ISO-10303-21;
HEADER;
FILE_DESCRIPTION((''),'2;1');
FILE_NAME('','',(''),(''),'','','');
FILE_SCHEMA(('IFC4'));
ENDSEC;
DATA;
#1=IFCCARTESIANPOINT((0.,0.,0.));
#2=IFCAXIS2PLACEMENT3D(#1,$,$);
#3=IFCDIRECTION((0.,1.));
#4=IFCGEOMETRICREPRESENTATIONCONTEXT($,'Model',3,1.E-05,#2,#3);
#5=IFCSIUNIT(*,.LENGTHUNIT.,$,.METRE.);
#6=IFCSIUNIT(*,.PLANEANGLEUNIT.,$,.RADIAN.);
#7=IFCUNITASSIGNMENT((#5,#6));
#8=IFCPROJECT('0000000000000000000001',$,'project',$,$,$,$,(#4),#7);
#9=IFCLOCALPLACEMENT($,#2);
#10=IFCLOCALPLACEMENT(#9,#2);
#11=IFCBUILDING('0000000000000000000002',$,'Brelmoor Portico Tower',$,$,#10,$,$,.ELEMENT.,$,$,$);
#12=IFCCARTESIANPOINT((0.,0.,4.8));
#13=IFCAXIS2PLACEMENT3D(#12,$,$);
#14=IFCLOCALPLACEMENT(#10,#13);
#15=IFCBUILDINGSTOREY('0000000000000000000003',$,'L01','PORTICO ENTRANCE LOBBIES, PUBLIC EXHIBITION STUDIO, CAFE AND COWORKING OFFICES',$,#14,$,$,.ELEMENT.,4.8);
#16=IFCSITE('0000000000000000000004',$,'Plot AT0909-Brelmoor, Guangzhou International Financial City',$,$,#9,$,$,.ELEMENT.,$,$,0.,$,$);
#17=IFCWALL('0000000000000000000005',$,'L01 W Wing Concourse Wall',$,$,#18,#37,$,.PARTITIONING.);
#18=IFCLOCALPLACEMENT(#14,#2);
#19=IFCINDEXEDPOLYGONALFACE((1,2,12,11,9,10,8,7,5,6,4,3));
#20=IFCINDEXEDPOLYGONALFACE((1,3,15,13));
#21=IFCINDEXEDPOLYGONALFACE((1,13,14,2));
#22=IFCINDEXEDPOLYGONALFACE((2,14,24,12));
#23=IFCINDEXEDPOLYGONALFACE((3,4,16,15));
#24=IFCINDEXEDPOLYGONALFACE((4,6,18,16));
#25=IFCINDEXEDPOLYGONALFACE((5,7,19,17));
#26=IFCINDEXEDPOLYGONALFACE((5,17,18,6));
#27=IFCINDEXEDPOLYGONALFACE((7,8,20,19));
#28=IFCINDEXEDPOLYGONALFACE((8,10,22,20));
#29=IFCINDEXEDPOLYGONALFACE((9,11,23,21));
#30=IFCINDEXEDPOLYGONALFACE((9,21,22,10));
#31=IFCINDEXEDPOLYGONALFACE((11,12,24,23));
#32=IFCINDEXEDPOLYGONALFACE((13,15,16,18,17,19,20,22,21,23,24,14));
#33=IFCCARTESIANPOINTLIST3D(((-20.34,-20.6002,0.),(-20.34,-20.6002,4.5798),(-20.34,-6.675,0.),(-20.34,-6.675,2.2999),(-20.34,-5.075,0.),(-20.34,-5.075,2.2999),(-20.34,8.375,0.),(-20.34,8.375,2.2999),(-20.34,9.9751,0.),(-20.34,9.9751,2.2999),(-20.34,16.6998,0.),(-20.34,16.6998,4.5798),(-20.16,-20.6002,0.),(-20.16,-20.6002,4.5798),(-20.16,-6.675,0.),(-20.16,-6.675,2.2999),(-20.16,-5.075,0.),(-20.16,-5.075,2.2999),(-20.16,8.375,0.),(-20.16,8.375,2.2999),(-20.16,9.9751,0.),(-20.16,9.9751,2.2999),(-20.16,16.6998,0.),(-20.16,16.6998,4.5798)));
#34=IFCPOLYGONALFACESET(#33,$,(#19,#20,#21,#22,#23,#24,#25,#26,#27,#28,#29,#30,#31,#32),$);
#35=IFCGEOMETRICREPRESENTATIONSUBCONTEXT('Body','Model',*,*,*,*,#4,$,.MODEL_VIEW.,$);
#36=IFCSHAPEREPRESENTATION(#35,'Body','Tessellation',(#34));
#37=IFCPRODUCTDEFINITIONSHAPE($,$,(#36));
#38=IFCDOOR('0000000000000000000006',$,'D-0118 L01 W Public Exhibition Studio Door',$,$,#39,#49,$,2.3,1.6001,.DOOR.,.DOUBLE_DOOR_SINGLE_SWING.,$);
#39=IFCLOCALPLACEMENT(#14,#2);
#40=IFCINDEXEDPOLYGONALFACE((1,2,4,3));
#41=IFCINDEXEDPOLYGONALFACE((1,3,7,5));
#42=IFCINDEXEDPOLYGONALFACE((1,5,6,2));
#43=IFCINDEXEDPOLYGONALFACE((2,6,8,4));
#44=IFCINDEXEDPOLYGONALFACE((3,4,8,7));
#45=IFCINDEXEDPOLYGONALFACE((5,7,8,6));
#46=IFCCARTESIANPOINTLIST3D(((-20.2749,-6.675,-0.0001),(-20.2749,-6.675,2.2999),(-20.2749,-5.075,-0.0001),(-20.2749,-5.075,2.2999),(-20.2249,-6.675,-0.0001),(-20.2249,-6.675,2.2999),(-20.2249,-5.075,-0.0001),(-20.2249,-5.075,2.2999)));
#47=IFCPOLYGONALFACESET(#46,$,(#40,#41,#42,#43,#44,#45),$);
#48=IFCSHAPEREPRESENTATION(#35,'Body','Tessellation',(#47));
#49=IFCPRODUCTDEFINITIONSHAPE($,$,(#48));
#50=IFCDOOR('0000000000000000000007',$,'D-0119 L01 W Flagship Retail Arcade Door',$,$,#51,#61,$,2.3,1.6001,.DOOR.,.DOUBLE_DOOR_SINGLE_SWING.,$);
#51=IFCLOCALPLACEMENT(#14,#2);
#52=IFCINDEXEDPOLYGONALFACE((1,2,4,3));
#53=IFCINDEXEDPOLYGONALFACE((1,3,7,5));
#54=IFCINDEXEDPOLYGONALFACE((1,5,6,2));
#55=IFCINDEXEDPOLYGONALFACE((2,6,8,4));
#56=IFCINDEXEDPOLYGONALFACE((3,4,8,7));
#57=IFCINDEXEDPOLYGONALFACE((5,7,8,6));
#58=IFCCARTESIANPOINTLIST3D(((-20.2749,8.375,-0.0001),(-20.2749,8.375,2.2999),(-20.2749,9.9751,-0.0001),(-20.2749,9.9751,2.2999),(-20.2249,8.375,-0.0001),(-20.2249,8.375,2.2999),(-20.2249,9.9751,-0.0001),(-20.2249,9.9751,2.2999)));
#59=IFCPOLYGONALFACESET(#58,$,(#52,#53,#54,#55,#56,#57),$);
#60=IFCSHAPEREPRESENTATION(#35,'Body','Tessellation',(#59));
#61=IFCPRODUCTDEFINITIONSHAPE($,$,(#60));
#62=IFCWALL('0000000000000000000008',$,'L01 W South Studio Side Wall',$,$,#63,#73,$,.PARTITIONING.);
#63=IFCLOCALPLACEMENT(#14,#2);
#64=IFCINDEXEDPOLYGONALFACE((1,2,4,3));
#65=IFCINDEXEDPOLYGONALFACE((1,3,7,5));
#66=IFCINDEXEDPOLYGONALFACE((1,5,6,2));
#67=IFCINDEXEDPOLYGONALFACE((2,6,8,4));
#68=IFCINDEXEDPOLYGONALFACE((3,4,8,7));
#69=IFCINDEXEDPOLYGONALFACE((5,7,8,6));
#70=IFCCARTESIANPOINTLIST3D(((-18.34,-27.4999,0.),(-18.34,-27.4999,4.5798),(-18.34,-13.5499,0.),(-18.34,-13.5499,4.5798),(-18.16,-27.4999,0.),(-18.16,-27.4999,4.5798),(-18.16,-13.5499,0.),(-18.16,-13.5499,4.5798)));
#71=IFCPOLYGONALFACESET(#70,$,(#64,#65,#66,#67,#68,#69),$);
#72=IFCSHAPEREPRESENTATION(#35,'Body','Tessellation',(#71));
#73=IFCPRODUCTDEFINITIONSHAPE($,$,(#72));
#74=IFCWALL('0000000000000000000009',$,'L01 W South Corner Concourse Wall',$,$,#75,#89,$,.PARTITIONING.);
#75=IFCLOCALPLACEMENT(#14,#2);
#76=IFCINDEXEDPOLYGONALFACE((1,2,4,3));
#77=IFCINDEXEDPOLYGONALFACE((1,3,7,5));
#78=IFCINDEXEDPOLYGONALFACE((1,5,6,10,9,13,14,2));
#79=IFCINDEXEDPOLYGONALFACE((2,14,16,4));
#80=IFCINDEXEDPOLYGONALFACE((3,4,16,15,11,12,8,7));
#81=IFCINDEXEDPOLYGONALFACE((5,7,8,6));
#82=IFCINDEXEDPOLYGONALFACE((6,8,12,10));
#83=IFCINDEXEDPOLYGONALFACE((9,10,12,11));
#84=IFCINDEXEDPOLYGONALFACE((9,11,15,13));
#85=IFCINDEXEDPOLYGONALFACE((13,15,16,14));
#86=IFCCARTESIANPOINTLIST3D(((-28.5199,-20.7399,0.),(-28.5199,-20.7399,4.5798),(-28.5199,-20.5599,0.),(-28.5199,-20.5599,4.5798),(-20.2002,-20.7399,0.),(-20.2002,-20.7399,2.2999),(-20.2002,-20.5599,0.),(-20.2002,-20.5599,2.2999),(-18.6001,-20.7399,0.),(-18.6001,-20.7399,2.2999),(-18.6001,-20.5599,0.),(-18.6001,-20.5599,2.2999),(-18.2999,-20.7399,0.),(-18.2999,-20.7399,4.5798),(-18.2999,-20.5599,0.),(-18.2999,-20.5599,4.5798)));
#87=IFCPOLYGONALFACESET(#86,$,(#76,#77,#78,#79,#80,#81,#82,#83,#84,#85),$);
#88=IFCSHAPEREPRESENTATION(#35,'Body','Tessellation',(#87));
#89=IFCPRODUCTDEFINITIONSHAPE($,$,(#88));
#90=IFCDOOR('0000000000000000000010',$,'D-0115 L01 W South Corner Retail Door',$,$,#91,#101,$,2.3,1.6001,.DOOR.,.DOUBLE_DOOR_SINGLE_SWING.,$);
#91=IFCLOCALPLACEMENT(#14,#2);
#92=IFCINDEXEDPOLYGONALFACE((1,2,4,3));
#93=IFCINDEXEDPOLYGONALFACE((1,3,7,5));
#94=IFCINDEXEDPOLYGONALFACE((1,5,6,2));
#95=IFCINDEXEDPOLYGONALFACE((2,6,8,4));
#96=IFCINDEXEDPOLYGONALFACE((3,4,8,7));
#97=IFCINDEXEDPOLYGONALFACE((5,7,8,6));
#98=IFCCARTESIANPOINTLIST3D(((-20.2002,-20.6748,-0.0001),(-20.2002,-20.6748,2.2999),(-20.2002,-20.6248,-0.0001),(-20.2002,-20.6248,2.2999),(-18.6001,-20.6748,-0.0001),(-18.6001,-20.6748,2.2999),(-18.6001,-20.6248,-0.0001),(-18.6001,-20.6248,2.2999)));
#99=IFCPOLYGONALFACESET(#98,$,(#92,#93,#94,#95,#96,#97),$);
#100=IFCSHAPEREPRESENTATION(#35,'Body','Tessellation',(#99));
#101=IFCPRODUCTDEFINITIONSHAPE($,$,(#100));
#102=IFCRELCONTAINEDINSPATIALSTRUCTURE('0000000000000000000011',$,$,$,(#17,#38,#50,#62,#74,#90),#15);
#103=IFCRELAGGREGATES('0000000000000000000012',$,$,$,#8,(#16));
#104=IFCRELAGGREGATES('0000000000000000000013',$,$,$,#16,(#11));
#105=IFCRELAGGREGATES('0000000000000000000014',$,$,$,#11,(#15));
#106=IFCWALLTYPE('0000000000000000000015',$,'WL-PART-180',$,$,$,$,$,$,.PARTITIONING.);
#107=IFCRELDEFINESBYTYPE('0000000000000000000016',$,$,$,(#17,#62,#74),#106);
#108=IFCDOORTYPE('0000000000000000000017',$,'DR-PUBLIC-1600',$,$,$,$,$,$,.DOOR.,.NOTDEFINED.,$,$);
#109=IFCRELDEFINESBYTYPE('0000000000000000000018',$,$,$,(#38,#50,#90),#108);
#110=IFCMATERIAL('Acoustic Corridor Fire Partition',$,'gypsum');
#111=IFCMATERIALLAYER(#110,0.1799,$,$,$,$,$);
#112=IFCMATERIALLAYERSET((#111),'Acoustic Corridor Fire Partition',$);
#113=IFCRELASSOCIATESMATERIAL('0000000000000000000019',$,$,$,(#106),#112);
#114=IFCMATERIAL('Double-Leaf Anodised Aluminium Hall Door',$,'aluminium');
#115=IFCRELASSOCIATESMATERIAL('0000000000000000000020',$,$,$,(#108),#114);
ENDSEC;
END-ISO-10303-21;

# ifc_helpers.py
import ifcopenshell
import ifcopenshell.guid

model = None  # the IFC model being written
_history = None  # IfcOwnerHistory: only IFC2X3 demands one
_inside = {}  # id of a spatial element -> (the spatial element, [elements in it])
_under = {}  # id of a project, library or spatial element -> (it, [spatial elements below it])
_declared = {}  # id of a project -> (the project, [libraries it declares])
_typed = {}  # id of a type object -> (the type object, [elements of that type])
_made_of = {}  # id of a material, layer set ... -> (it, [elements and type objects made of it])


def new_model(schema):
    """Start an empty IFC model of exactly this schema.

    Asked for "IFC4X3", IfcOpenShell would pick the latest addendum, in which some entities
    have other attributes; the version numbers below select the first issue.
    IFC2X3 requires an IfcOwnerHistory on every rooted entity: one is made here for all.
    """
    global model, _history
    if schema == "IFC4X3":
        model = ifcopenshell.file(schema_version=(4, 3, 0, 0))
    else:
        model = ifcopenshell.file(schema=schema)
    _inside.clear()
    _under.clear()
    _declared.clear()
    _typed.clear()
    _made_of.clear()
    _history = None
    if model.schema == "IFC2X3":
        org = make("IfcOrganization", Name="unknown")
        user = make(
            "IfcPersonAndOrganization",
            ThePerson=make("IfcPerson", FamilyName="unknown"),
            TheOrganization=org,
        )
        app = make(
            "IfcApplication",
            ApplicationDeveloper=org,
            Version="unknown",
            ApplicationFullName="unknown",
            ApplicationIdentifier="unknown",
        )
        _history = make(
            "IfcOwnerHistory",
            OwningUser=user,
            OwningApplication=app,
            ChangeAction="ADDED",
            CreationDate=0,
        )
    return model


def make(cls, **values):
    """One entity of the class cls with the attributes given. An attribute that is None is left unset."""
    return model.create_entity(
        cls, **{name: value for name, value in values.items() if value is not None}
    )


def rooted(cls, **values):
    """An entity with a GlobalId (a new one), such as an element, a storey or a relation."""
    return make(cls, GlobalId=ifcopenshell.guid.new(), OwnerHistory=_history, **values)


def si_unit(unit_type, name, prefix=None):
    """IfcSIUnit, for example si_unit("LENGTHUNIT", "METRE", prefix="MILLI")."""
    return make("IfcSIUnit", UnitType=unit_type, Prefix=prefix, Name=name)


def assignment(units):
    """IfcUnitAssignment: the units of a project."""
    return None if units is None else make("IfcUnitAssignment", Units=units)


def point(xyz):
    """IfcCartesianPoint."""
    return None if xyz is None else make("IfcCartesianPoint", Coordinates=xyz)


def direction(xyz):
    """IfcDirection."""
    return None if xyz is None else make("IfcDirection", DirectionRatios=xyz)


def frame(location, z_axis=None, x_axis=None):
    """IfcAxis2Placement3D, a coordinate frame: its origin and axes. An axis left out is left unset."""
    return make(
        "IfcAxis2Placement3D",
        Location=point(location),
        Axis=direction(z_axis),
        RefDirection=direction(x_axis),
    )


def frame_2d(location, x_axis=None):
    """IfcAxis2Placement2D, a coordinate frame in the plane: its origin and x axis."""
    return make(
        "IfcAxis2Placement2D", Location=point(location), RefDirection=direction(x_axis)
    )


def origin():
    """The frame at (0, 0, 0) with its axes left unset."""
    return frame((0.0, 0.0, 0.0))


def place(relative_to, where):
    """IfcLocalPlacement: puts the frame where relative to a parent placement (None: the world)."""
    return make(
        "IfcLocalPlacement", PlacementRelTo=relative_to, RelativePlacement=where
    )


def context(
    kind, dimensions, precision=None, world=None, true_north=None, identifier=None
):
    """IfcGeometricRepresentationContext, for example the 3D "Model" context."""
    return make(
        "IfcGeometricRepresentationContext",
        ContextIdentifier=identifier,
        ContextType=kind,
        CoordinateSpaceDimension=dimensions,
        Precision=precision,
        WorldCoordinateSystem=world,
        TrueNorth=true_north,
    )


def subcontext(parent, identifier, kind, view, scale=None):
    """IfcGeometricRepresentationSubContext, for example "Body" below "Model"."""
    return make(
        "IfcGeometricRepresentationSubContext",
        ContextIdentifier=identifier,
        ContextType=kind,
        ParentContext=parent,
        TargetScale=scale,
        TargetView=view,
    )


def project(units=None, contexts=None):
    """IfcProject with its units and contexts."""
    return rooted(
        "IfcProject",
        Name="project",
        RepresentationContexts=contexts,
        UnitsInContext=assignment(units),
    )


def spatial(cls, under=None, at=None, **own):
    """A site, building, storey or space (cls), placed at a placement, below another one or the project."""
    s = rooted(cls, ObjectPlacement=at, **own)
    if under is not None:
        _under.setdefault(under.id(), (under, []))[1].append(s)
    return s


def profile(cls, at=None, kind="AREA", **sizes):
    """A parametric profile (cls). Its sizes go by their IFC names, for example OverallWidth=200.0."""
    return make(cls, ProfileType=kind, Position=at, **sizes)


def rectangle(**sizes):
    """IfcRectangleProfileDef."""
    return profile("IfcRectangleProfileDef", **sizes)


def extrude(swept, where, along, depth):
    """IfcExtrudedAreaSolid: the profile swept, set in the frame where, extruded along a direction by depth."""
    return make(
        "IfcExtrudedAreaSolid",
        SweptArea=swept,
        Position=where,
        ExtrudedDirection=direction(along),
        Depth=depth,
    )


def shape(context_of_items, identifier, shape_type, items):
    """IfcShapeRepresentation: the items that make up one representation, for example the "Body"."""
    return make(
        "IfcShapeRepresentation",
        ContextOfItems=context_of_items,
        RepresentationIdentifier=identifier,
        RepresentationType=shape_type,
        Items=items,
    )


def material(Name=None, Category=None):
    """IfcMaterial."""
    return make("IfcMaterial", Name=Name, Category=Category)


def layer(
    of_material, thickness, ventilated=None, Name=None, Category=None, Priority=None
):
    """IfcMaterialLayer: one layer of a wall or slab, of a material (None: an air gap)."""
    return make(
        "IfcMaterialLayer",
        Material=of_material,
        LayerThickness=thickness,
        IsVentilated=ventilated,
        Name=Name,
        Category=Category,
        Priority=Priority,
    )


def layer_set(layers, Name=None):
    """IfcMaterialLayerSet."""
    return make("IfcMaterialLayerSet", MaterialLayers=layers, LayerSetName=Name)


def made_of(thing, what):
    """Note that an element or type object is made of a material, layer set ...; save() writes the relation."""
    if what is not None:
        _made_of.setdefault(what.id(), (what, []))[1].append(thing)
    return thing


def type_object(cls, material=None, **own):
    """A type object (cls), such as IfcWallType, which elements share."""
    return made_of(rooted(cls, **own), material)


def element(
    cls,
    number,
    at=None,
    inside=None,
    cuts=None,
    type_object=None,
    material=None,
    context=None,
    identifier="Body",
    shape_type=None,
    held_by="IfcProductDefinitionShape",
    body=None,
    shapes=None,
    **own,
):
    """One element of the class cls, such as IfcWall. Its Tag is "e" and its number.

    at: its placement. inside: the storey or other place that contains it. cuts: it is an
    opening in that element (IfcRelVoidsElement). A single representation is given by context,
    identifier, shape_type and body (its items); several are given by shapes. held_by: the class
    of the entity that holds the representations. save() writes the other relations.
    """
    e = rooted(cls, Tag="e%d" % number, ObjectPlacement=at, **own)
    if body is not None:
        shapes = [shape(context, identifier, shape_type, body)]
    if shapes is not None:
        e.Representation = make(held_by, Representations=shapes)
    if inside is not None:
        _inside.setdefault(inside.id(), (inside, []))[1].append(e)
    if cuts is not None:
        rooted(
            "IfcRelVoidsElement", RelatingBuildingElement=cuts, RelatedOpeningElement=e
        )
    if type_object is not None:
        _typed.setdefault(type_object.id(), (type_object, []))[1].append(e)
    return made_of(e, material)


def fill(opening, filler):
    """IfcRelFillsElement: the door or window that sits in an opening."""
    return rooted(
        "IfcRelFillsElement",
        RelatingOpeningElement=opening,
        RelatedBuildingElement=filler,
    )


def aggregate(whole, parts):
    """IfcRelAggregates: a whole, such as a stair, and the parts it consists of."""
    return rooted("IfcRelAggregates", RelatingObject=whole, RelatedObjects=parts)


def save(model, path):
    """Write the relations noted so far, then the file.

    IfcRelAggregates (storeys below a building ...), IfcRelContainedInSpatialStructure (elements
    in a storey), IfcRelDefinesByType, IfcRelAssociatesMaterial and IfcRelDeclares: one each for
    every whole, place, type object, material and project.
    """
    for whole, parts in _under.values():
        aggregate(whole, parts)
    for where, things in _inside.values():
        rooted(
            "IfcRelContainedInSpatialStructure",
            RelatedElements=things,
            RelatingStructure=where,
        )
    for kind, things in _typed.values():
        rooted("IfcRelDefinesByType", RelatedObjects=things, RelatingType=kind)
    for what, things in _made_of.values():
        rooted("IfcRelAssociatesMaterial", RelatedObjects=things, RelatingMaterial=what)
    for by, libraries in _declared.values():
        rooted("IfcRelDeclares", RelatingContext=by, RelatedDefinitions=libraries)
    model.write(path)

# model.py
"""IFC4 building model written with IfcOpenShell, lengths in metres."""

from ifc_helpers import new_model, si_unit, direction, frame, frame_2d, origin, place, context, subcontext, project, spatial, rectangle, extrude, material, layer, layer_set, type_object, element, fill, save


model = new_model("IFC4")

# Units and contexts
model_context = context("Model", 3, precision=1e-05, world=origin(), true_north=direction((0.0, 1.0)))
body_context = subcontext(model_context, "Body", "Model", "MODEL_VIEW")
ifc_project = project(units=[si_unit("LENGTHUNIT", "METRE"), si_unit("PLANEANGLEUNIT", "RADIAN")], contexts=[model_context])

# Site, building, storey
site_placement = place(None, origin())
site = spatial("IfcSite", under=ifc_project, at=site_placement, Name="Plot AT0909-Brelmoor, Guangzhou International Financial City", CompositionType="ELEMENT", RefElevation=0.0)
building_placement = place(site_placement, origin())
building = spatial("IfcBuilding", under=site, at=building_placement, Name="Brelmoor Portico Tower", CompositionType="ELEMENT")
storey_placement = place(building_placement, frame((0.0, 0.0, 4.8)))
storey = spatial("IfcBuildingStorey", under=building, at=storey_placement, Name="L01", Description="PORTICO ENTRANCE LOBBIES, PUBLIC EXHIBITION STUDIO, CAFE AND COWORKING OFFICES", CompositionType="ELEMENT", Elevation=4.8)

# Wall, openings, doors
ifc_material_1 = material(Name="Acoustic Corridor Fire Partition", Category="gypsum")
ifc_layer_1 = layer(ifc_material_1, 0.1799)
ifc_layer_set_1 = layer_set([ifc_layer_1], Name="Acoustic Corridor Fire Partition")
wall_type = type_object("IfcWallType", Name="WL-PART-180", PredefinedType="PARTITIONING", material=ifc_layer_set_1)
wall_1_placement = place(storey_placement, frame((-20.25, -20.6001, 0.0), z_axis=(0.0, 0.0, 1.0), x_axis=(0.0, 1.0, 0.0)))
wall_1 = element("IfcWall", 1, at=wall_1_placement, inside=storey, type_object=wall_type, Name="L01 W Wing Concourse Wall", PredefinedType="PARTITIONING", context=body_context, shape_type="SweptSolid", body=[
    extrude(rectangle(XDim=37.3, YDim=0.1799, at=frame_2d((18.6499, 0.0))), origin(), (0.0, 0.0, 1.0), 4.5798),
])
opening_1_placement = place(wall_1_placement, frame((13.925, 0.0, 0.0)))
opening_1 = element("IfcOpeningElement", 2, at=opening_1_placement, cuts=wall_1, PredefinedType="OPENING", context=body_context, shape_type="SweptSolid", body=[
    extrude(rectangle(XDim=1.6001, YDim=2.3, at=frame_2d((0.8, 1.1499))), frame((0.0, 0.0999, 0.0), z_axis=(0.0, -1.0, 0.0), x_axis=(1.0, 0.0, 0.0)), (0.0, 0.0, 1.0), 0.2),
])
opening_2_placement = place(wall_1_placement, frame((28.9751, 0.0, 0.0)))
opening_2 = element("IfcOpeningElement", 3, at=opening_2_placement, cuts=wall_1, PredefinedType="OPENING", context=body_context, shape_type="SweptSolid", body=[
    extrude(rectangle(XDim=1.6001, YDim=2.3, at=frame_2d((0.8, 1.1499))), frame((0.0, 0.0999, 0.0), z_axis=(0.0, -1.0, 0.0), x_axis=(1.0, 0.0, 0.0)), (0.0, 0.0, 1.0), 0.2),
])
ifc_material_2 = material(Name="Double-Leaf Anodised Aluminium Hall Door", Category="aluminium")
door_type = type_object("IfcDoorType", Name="DR-PUBLIC-1600", OperationType="NOTDEFINED", PredefinedType="DOOR", material=ifc_material_2)
door_1_placement = place(opening_1_placement, origin())
door_1 = element("IfcDoor", 4, at=door_1_placement, inside=storey, type_object=door_type, Name="D-0118 L01 W Public Exhibition Studio Door", OperationType="DOUBLE_DOOR_SINGLE_SWING", OverallHeight=2.3, OverallWidth=1.6001, PredefinedType="DOOR", context=body_context, shape_type="SweptSolid", body=[
    extrude(rectangle(XDim=1.6001, YDim=2.3, at=frame_2d((0.8, 1.1499))), frame((0.0, 0.0249, 0.0), z_axis=(0.0, -1.0, 0.0), x_axis=(1.0, 0.0, 0.0)), (0.0, 0.0, 1.0), 0.05),
])
fill(opening_1, door_1)
door_2_placement = place(opening_2_placement, origin())
door_2 = element("IfcDoor", 5, at=door_2_placement, inside=storey, type_object=door_type, Name="D-0119 L01 W Flagship Retail Arcade Door", OperationType="DOUBLE_DOOR_SINGLE_SWING", OverallHeight=2.3, OverallWidth=1.6001, PredefinedType="DOOR", context=body_context, shape_type="SweptSolid", body=[
    extrude(rectangle(XDim=1.6001, YDim=2.3, at=frame_2d((0.8, 1.1499))), frame((0.0, 0.0249, 0.0), z_axis=(0.0, -1.0, 0.0), x_axis=(1.0, 0.0, 0.0)), (0.0, 0.0, 1.0), 0.05),
])
fill(opening_2, door_2)

# Wall
wall_2_placement = place(storey_placement, frame((-18.25, -27.5, 0.0), z_axis=(0.0, 0.0, 1.0), x_axis=(0.0, 1.0, 0.0)))
element("IfcWall", 6, at=wall_2_placement, inside=storey, type_object=wall_type, Name="L01 W South Studio Side Wall", PredefinedType="PARTITIONING", context=body_context, shape_type="SweptSolid", body=[
    extrude(rectangle(XDim=13.95, YDim=0.1799, at=frame_2d((6.9751, 0.0))), origin(), (0.0, 0.0, 1.0), 4.5798),
])

# Wall, opening, door
wall_3_placement = place(storey_placement, frame((-18.3, -20.6499, 0.0), z_axis=(0.0, 0.0, 1.0), x_axis=(-1.0, 0.0, 0.0)))
wall_3 = element("IfcWall", 7, at=wall_3_placement, inside=storey, type_object=wall_type, Name="L01 W South Corner Concourse Wall", PredefinedType="PARTITIONING", context=body_context, shape_type="SweptSolid", body=[
    extrude(rectangle(XDim=10.22, YDim=0.1799, at=frame_2d((5.1099, 0.0))), origin(), (0.0, 0.0, 1.0), 4.5798),
])
opening_3_placement = place(wall_3_placement, frame((0.3, 0.0, 0.0)))
opening_3 = element("IfcOpeningElement", 8, at=opening_3_placement, cuts=wall_3, PredefinedType="OPENING", context=body_context, shape_type="SweptSolid", body=[
    extrude(rectangle(XDim=1.6001, YDim=2.3, at=frame_2d((0.8, 1.1499))), frame((0.0, 0.0999, 0.0), z_axis=(0.0, -1.0, 0.0), x_axis=(1.0, 0.0, 0.0)), (0.0, 0.0, 1.0), 0.2),
])
door_3_placement = place(opening_3_placement, origin())
door_3 = element("IfcDoor", 9, at=door_3_placement, inside=storey, type_object=door_type, Name="D-0115 L01 W South Corner Retail Door", OperationType="DOUBLE_DOOR_SINGLE_SWING", OverallHeight=2.3, OverallWidth=1.6001, PredefinedType="DOOR", context=body_context, shape_type="SweptSolid", body=[
    extrude(rectangle(XDim=1.6001, YDim=2.3, at=frame_2d((0.8, 1.1499))), frame((0.0, 0.0249, 0.0), z_axis=(0.0, -1.0, 0.0), x_axis=(1.0, 0.0, 0.0)), (0.0, 0.0, 1.0), 0.05),
])
fill(opening_3, door_3)

save(model, "model.ifc")
